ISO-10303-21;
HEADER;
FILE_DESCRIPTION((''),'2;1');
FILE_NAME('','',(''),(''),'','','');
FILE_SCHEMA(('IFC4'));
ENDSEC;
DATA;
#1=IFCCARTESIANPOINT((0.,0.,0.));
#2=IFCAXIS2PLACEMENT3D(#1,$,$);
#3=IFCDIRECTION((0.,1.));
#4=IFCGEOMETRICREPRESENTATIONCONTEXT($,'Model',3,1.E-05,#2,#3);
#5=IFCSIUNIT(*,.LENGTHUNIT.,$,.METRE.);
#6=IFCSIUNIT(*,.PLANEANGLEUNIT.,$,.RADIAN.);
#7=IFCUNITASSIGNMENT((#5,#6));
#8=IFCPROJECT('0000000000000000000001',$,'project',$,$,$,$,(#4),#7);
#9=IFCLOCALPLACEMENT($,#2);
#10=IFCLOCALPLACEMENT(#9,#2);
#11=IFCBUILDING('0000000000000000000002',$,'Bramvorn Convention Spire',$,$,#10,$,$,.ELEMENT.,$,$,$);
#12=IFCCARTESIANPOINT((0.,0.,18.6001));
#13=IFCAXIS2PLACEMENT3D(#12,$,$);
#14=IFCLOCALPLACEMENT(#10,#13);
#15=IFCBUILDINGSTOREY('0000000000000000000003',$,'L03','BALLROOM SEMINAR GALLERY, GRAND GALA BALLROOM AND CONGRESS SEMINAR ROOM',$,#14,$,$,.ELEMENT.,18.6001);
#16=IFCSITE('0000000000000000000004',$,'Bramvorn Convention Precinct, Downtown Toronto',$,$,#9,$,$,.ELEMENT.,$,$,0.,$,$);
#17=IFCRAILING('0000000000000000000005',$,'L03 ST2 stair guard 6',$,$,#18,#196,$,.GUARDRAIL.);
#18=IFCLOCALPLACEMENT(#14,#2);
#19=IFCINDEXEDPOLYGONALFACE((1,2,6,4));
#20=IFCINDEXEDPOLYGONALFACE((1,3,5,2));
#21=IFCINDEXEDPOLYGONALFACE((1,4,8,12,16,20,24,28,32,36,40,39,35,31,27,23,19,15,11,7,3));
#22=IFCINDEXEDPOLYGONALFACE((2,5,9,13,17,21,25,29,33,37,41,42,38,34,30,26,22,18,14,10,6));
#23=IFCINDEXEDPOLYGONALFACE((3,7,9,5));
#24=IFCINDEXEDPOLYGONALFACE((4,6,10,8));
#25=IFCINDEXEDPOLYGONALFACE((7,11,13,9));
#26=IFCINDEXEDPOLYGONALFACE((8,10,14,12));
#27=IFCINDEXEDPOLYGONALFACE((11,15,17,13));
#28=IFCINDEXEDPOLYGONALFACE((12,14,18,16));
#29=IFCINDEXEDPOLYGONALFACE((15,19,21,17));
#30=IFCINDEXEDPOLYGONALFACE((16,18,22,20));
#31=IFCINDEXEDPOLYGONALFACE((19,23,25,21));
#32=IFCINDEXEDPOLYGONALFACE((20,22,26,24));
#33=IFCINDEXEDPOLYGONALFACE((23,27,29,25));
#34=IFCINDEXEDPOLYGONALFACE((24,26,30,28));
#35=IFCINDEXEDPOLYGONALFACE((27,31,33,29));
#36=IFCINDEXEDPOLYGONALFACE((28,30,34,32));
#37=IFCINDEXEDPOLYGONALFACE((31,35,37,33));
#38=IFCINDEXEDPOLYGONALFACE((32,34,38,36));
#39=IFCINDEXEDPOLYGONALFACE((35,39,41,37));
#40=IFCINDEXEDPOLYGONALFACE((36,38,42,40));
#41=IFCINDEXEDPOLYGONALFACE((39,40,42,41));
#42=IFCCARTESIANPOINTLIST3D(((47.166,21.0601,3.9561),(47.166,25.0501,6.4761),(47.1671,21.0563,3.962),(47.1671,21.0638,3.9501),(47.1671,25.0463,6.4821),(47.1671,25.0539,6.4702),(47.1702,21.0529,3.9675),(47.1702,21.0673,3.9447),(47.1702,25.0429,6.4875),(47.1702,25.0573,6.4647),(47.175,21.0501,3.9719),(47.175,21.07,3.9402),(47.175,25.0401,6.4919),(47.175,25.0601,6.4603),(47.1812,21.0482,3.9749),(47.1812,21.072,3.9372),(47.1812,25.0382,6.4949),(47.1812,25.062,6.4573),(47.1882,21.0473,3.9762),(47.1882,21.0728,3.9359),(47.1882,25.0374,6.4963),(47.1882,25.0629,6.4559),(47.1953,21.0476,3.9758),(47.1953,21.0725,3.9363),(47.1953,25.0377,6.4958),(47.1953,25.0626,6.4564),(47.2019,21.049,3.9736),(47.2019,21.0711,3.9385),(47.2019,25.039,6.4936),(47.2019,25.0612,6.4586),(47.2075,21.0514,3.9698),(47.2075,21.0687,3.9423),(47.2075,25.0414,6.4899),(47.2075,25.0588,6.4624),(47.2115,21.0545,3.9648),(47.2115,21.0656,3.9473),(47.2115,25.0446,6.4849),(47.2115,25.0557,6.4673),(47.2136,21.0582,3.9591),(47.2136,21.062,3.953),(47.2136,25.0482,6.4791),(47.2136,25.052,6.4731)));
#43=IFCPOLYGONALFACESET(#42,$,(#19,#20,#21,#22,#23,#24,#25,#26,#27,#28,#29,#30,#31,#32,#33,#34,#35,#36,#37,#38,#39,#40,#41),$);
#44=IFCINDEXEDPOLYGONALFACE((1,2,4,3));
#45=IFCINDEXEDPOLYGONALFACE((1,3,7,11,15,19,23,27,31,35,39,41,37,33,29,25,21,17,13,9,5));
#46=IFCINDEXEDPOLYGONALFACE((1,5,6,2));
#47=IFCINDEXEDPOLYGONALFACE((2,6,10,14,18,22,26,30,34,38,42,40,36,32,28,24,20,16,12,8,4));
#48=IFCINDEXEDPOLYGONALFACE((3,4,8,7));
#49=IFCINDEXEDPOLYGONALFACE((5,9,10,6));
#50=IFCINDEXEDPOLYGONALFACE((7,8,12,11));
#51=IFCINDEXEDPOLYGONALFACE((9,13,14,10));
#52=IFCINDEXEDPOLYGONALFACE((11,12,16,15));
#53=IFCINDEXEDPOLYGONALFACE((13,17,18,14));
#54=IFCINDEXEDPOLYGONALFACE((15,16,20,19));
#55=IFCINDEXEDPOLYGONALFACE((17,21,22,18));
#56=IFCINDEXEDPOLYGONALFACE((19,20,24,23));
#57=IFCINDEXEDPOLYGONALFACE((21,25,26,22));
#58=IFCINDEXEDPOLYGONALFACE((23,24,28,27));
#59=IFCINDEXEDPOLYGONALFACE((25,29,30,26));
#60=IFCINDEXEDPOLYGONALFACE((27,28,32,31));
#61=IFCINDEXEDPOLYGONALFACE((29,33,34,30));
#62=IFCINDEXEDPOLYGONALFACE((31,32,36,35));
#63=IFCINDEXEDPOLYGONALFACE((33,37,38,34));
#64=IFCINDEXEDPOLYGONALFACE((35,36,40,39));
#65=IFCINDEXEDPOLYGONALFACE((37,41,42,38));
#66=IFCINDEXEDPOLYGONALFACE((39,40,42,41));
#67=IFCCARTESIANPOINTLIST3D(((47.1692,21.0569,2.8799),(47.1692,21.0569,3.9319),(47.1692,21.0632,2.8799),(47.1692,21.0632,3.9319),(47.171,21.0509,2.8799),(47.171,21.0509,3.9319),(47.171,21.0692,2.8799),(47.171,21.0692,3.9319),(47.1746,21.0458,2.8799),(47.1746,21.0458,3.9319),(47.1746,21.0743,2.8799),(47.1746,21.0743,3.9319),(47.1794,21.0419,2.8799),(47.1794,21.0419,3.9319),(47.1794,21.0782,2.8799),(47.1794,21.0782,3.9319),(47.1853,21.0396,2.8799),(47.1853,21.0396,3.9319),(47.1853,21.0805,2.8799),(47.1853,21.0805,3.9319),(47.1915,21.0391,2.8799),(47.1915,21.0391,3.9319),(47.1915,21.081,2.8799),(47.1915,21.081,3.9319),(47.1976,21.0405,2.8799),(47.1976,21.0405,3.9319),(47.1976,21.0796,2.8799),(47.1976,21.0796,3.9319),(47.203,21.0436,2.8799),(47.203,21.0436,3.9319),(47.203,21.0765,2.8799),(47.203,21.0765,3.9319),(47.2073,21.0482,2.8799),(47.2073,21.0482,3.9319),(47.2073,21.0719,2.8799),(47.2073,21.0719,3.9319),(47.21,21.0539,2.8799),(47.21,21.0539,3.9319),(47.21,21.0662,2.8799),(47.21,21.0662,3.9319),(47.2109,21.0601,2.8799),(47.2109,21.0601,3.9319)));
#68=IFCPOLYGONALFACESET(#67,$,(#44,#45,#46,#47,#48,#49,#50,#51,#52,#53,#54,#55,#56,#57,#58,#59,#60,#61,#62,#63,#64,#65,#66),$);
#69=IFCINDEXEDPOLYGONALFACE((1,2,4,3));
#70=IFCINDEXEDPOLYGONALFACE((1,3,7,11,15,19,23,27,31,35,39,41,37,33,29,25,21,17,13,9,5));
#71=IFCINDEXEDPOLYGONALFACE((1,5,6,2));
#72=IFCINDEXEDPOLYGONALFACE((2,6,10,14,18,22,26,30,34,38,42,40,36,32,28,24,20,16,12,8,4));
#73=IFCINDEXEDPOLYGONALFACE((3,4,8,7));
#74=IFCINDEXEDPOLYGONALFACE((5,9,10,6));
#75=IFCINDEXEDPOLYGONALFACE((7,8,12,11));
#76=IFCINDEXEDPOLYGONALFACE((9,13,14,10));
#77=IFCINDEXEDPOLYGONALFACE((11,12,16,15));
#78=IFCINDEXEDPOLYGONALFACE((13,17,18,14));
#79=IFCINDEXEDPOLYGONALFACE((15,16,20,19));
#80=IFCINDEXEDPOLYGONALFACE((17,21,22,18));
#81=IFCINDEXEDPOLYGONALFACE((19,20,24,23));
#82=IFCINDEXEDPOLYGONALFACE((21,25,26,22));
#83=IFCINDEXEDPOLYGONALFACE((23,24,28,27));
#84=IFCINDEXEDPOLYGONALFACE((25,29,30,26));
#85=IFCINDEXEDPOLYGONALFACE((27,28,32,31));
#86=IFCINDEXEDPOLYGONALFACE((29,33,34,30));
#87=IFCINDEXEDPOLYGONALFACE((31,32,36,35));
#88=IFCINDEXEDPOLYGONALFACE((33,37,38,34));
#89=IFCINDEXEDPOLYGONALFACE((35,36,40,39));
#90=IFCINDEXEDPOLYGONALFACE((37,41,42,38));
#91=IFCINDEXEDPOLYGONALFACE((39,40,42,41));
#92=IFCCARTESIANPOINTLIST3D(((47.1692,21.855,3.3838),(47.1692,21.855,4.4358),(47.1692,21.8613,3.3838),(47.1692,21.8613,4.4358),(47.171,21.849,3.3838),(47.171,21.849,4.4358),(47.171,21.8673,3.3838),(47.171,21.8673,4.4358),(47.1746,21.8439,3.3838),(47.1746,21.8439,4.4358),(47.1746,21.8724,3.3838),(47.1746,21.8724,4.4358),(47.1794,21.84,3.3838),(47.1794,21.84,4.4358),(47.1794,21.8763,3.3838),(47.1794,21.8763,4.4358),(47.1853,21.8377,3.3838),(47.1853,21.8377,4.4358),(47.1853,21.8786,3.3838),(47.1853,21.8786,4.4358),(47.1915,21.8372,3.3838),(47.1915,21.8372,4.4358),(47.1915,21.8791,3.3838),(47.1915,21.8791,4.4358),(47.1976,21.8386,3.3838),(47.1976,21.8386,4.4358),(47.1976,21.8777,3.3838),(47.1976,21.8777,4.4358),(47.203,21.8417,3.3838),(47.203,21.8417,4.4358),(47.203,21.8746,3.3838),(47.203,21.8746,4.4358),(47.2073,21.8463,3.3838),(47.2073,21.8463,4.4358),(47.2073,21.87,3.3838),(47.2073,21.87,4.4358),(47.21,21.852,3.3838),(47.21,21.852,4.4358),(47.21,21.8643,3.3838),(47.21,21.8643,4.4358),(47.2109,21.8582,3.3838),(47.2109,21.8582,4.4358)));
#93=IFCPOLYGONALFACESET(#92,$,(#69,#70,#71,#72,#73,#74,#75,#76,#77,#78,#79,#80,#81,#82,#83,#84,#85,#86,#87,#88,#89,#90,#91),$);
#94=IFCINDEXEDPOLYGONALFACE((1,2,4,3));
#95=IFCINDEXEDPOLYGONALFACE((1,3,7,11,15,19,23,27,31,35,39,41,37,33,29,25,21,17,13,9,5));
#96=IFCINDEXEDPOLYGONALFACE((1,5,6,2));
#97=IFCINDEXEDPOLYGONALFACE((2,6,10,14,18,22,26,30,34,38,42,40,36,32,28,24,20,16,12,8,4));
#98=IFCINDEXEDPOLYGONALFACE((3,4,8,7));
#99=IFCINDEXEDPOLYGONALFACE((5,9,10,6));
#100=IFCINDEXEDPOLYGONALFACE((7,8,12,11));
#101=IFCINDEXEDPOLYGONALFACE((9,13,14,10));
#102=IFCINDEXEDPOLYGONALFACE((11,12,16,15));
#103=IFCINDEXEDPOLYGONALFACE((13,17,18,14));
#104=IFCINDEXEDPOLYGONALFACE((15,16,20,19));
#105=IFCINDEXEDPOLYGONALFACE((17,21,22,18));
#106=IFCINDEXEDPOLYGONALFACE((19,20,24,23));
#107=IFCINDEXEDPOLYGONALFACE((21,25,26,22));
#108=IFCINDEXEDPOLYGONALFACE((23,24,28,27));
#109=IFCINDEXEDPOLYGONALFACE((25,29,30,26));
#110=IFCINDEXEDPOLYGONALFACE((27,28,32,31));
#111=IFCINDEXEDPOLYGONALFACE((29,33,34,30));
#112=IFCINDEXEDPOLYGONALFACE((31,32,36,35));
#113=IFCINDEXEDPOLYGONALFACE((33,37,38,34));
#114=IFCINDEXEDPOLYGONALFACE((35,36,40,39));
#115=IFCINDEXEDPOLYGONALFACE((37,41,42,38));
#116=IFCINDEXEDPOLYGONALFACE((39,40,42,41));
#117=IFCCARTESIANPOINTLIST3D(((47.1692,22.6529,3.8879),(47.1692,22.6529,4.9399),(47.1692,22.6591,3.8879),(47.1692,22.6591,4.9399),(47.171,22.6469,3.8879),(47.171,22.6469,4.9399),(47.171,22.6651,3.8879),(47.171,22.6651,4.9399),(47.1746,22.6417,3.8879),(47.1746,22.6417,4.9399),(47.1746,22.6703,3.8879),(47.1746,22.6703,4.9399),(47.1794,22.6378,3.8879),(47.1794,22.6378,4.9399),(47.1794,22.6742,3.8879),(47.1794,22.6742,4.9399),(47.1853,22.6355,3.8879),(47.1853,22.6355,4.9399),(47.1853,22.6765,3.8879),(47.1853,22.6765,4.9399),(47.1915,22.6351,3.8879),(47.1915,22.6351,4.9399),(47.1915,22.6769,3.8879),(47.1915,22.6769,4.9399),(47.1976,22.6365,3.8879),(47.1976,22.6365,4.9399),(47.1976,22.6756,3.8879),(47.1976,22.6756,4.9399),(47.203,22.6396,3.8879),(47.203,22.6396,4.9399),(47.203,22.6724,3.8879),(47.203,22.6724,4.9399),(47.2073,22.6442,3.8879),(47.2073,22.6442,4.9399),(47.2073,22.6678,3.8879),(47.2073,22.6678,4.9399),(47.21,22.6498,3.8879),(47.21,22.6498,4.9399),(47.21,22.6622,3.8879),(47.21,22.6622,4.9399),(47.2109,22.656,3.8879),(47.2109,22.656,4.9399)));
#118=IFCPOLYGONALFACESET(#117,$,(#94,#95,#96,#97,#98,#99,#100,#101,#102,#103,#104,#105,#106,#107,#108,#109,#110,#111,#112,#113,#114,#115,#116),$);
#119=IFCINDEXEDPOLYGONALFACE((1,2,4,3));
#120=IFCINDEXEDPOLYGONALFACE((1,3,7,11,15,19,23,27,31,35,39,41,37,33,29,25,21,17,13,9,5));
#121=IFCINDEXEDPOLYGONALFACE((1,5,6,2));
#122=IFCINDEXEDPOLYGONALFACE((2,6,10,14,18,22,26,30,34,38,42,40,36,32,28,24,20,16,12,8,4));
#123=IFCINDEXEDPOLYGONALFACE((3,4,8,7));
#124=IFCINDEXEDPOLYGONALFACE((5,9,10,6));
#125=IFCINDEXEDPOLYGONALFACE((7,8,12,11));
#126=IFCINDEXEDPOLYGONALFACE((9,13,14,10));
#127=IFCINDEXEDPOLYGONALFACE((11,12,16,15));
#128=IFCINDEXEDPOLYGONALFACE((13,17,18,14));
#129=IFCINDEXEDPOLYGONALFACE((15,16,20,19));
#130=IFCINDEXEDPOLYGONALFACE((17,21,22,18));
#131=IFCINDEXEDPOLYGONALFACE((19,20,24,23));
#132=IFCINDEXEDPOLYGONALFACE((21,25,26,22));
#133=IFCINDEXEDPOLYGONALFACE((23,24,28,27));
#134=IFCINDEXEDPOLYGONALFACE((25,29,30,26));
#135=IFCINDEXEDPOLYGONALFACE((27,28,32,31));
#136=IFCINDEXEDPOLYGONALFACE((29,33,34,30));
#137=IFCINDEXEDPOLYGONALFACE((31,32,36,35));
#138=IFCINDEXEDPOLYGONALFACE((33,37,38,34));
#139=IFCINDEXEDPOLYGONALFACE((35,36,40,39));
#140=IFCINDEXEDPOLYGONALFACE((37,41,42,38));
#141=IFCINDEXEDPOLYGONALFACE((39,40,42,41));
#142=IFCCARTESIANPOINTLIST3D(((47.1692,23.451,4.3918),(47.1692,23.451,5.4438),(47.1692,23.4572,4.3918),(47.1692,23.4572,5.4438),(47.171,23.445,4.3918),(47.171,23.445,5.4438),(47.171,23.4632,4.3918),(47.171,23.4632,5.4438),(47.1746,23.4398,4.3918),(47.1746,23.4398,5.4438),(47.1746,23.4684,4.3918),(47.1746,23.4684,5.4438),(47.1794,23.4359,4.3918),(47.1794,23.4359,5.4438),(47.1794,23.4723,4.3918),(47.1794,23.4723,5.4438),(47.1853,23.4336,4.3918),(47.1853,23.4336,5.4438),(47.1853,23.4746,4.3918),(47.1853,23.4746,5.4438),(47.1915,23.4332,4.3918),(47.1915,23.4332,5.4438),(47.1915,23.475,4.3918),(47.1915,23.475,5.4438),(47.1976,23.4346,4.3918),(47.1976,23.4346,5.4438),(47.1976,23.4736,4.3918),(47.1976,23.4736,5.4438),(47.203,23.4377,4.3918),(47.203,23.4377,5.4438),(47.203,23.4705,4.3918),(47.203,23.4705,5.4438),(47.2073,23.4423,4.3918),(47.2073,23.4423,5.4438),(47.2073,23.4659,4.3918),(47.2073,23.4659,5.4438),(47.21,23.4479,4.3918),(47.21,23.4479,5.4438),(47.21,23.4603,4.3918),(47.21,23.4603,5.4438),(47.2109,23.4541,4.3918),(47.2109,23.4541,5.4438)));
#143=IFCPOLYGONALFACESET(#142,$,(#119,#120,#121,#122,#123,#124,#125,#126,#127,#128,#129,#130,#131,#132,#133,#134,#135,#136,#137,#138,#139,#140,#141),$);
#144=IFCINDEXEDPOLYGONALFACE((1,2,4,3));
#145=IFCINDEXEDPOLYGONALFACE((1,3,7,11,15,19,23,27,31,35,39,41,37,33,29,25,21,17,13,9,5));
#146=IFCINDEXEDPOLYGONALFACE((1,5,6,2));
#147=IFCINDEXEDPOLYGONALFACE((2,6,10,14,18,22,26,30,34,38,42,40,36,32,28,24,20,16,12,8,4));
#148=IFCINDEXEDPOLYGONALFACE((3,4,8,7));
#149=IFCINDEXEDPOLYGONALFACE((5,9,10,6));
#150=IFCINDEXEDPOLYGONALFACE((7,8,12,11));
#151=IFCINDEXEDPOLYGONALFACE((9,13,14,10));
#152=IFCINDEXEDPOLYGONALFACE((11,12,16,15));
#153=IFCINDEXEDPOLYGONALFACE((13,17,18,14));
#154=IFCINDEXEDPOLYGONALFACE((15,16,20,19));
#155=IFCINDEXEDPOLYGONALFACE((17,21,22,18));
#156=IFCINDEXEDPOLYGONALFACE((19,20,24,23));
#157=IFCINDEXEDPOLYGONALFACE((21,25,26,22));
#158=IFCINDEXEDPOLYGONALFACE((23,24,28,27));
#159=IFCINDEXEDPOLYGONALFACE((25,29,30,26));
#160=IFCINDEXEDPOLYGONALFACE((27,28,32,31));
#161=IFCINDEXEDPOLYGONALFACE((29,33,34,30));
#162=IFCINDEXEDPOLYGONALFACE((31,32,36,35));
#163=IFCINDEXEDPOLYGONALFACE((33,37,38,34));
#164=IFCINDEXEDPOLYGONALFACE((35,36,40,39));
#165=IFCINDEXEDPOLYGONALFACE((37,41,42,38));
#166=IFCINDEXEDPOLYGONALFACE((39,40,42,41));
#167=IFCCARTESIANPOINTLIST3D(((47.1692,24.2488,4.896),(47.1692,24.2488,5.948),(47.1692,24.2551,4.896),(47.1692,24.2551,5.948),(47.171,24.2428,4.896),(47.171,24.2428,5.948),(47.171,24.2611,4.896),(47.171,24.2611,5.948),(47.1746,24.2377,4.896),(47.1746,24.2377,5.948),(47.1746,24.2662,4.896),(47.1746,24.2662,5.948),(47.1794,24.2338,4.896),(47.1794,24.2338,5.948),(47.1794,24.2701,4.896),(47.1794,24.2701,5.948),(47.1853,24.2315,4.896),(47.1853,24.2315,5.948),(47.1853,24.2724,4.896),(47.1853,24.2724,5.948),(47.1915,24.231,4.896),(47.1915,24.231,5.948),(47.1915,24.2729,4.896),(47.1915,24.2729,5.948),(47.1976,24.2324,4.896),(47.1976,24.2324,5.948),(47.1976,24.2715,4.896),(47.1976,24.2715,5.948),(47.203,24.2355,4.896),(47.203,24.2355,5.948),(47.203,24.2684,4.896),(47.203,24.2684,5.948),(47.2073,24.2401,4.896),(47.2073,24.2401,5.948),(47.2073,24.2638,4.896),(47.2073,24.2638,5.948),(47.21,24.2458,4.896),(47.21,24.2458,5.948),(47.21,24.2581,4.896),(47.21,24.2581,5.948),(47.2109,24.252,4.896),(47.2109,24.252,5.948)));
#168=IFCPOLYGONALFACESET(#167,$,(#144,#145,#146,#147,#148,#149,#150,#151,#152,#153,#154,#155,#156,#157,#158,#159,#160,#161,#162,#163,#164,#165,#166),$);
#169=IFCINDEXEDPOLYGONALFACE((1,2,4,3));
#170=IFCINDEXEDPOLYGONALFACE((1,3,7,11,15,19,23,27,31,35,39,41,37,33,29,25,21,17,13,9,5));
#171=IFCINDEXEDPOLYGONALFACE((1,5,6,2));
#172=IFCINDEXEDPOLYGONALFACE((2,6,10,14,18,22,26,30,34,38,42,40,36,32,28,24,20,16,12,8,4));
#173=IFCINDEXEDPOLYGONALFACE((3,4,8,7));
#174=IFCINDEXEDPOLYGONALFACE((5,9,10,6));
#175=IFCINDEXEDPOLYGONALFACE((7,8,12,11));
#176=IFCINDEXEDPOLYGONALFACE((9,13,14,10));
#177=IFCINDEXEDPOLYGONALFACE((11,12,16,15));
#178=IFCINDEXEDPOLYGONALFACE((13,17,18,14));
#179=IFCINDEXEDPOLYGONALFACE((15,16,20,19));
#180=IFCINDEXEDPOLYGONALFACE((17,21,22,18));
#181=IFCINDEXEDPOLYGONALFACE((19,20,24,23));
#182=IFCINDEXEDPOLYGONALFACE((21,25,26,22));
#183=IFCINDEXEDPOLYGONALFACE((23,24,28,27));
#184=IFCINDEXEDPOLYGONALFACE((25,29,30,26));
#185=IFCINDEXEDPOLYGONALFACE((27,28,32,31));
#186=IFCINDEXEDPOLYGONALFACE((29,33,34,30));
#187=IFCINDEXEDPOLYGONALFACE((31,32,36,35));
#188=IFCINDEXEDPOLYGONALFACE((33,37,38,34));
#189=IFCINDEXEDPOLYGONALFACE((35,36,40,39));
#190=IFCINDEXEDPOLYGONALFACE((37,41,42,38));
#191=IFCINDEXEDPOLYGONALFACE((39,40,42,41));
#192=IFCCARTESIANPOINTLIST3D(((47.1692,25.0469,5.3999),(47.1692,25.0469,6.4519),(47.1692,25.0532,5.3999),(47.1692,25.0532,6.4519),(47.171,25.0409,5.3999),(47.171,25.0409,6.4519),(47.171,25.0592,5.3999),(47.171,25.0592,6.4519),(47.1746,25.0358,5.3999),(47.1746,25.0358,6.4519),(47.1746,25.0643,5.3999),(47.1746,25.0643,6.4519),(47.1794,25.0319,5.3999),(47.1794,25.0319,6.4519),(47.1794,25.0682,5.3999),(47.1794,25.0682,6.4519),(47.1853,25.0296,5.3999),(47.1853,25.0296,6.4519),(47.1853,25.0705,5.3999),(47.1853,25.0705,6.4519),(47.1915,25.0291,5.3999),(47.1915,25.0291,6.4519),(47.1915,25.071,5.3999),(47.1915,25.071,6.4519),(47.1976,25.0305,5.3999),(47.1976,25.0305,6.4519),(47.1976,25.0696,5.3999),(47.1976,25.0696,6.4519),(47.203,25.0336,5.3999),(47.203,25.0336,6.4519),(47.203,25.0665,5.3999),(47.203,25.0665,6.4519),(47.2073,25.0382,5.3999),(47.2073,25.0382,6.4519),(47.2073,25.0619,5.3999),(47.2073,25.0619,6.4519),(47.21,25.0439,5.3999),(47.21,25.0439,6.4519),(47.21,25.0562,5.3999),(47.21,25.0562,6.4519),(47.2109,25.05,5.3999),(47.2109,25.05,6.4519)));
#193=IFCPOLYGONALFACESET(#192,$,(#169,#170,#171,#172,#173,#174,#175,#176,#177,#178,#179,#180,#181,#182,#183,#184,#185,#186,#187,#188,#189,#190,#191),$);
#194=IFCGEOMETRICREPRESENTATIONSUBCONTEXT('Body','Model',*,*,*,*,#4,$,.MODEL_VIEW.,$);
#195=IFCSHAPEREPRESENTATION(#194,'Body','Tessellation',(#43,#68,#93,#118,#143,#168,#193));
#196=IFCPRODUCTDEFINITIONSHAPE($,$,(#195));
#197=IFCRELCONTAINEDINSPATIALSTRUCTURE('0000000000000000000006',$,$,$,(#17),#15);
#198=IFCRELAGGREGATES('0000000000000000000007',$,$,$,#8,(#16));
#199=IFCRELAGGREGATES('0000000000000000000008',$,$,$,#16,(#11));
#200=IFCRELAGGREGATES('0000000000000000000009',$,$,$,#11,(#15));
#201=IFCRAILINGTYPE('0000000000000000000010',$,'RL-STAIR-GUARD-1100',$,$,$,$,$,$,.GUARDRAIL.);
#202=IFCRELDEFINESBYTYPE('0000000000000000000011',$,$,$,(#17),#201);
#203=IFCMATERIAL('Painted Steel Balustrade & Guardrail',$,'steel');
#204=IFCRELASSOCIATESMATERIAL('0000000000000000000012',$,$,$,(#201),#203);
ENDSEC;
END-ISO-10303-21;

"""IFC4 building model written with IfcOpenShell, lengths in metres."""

from ifc_helpers import new_model, si_unit, direction, frame, origin, origin_2d, place, context, subcontext, project, spatial, circle, extrude, material, type_object, element, save


model = new_model("IFC4")

# Units and contexts
model_context = context("Model", 3, precision=1e-05, world=origin(), true_north=direction((0.0, 1.0)))
body_context = subcontext(model_context, "Body", "Model", "MODEL_VIEW")
ifc_project = project(units=[si_unit("LENGTHUNIT", "METRE"), si_unit("PLANEANGLEUNIT", "RADIAN")], contexts=[model_context])

# Site, building, storey
site_placement = place(None, origin())
site = spatial("IfcSite", under=ifc_project, at=site_placement, Name="Bramvorn Convention Precinct, Downtown Toronto", CompositionType="ELEMENT", RefElevation=0.0)
building_placement = place(site_placement, origin())
building = spatial("IfcBuilding", under=site, at=building_placement, Name="Bramvorn Convention Spire", CompositionType="ELEMENT")
storey_placement = place(building_placement, frame((0.0, 0.0, 18.6001)))
storey = spatial("IfcBuildingStorey", under=building, at=storey_placement, Name="L03", Description="BALLROOM SEMINAR GALLERY, GRAND GALA BALLROOM AND CONGRESS SEMINAR ROOM", CompositionType="ELEMENT", Elevation=18.6001)

# Railing
ifc_material_1 = material(Name="Painted Steel Balustrade & Guardrail", Category="steel")
railing_type_1 = type_object("IfcRailingType", Name="RL-STAIR-GUARD-1100", PredefinedType="GUARDRAIL", material=ifc_material_1)
railing_1_placement = place(storey_placement, frame((47.1899, 21.0601, 2.8799)))
element("IfcRailing", 1, at=railing_1_placement, inside=storey, type_object=railing_type_1, Name="L03 ST2 stair guard 6", PredefinedType="GUARDRAIL", context=body_context, shape_type="SweptSolid", body=[
    extrude(circle(Radius=0.0239, at=origin_2d()), frame((0.0, 0.0, 1.0762), z_axis=(0.0, 0.845486, 0.533997), x_axis=(-1.0, 0.0, 0.0)), (0.0, 0.0, 1.0), 4.7192),
    extrude(circle(Radius=0.021, at=origin_2d()), origin(), (0.0, 0.0, 1.0), 1.052),
    extrude(circle(Radius=0.021, at=origin_2d()), frame((0.0, 0.7981, 0.5039)), (0.0, 0.0, 1.0), 1.052),
    extrude(circle(Radius=0.021, at=origin_2d()), frame((0.0, 1.5959, 1.0081)), (0.0, 0.0, 1.0), 1.052),
    extrude(circle(Radius=0.021, at=origin_2d()), frame((0.0, 2.394, 1.512)), (0.0, 0.0, 1.0), 1.052),
    extrude(circle(Radius=0.021, at=origin_2d()), frame((0.0, 3.1919, 2.0161)), (0.0, 0.0, 1.0), 1.052),
    extrude(circle(Radius=0.021, at=origin_2d()), frame((0.0, 3.99, 2.52)), (0.0, 0.0, 1.0), 1.052),
])

save(model, "model.ifc")
